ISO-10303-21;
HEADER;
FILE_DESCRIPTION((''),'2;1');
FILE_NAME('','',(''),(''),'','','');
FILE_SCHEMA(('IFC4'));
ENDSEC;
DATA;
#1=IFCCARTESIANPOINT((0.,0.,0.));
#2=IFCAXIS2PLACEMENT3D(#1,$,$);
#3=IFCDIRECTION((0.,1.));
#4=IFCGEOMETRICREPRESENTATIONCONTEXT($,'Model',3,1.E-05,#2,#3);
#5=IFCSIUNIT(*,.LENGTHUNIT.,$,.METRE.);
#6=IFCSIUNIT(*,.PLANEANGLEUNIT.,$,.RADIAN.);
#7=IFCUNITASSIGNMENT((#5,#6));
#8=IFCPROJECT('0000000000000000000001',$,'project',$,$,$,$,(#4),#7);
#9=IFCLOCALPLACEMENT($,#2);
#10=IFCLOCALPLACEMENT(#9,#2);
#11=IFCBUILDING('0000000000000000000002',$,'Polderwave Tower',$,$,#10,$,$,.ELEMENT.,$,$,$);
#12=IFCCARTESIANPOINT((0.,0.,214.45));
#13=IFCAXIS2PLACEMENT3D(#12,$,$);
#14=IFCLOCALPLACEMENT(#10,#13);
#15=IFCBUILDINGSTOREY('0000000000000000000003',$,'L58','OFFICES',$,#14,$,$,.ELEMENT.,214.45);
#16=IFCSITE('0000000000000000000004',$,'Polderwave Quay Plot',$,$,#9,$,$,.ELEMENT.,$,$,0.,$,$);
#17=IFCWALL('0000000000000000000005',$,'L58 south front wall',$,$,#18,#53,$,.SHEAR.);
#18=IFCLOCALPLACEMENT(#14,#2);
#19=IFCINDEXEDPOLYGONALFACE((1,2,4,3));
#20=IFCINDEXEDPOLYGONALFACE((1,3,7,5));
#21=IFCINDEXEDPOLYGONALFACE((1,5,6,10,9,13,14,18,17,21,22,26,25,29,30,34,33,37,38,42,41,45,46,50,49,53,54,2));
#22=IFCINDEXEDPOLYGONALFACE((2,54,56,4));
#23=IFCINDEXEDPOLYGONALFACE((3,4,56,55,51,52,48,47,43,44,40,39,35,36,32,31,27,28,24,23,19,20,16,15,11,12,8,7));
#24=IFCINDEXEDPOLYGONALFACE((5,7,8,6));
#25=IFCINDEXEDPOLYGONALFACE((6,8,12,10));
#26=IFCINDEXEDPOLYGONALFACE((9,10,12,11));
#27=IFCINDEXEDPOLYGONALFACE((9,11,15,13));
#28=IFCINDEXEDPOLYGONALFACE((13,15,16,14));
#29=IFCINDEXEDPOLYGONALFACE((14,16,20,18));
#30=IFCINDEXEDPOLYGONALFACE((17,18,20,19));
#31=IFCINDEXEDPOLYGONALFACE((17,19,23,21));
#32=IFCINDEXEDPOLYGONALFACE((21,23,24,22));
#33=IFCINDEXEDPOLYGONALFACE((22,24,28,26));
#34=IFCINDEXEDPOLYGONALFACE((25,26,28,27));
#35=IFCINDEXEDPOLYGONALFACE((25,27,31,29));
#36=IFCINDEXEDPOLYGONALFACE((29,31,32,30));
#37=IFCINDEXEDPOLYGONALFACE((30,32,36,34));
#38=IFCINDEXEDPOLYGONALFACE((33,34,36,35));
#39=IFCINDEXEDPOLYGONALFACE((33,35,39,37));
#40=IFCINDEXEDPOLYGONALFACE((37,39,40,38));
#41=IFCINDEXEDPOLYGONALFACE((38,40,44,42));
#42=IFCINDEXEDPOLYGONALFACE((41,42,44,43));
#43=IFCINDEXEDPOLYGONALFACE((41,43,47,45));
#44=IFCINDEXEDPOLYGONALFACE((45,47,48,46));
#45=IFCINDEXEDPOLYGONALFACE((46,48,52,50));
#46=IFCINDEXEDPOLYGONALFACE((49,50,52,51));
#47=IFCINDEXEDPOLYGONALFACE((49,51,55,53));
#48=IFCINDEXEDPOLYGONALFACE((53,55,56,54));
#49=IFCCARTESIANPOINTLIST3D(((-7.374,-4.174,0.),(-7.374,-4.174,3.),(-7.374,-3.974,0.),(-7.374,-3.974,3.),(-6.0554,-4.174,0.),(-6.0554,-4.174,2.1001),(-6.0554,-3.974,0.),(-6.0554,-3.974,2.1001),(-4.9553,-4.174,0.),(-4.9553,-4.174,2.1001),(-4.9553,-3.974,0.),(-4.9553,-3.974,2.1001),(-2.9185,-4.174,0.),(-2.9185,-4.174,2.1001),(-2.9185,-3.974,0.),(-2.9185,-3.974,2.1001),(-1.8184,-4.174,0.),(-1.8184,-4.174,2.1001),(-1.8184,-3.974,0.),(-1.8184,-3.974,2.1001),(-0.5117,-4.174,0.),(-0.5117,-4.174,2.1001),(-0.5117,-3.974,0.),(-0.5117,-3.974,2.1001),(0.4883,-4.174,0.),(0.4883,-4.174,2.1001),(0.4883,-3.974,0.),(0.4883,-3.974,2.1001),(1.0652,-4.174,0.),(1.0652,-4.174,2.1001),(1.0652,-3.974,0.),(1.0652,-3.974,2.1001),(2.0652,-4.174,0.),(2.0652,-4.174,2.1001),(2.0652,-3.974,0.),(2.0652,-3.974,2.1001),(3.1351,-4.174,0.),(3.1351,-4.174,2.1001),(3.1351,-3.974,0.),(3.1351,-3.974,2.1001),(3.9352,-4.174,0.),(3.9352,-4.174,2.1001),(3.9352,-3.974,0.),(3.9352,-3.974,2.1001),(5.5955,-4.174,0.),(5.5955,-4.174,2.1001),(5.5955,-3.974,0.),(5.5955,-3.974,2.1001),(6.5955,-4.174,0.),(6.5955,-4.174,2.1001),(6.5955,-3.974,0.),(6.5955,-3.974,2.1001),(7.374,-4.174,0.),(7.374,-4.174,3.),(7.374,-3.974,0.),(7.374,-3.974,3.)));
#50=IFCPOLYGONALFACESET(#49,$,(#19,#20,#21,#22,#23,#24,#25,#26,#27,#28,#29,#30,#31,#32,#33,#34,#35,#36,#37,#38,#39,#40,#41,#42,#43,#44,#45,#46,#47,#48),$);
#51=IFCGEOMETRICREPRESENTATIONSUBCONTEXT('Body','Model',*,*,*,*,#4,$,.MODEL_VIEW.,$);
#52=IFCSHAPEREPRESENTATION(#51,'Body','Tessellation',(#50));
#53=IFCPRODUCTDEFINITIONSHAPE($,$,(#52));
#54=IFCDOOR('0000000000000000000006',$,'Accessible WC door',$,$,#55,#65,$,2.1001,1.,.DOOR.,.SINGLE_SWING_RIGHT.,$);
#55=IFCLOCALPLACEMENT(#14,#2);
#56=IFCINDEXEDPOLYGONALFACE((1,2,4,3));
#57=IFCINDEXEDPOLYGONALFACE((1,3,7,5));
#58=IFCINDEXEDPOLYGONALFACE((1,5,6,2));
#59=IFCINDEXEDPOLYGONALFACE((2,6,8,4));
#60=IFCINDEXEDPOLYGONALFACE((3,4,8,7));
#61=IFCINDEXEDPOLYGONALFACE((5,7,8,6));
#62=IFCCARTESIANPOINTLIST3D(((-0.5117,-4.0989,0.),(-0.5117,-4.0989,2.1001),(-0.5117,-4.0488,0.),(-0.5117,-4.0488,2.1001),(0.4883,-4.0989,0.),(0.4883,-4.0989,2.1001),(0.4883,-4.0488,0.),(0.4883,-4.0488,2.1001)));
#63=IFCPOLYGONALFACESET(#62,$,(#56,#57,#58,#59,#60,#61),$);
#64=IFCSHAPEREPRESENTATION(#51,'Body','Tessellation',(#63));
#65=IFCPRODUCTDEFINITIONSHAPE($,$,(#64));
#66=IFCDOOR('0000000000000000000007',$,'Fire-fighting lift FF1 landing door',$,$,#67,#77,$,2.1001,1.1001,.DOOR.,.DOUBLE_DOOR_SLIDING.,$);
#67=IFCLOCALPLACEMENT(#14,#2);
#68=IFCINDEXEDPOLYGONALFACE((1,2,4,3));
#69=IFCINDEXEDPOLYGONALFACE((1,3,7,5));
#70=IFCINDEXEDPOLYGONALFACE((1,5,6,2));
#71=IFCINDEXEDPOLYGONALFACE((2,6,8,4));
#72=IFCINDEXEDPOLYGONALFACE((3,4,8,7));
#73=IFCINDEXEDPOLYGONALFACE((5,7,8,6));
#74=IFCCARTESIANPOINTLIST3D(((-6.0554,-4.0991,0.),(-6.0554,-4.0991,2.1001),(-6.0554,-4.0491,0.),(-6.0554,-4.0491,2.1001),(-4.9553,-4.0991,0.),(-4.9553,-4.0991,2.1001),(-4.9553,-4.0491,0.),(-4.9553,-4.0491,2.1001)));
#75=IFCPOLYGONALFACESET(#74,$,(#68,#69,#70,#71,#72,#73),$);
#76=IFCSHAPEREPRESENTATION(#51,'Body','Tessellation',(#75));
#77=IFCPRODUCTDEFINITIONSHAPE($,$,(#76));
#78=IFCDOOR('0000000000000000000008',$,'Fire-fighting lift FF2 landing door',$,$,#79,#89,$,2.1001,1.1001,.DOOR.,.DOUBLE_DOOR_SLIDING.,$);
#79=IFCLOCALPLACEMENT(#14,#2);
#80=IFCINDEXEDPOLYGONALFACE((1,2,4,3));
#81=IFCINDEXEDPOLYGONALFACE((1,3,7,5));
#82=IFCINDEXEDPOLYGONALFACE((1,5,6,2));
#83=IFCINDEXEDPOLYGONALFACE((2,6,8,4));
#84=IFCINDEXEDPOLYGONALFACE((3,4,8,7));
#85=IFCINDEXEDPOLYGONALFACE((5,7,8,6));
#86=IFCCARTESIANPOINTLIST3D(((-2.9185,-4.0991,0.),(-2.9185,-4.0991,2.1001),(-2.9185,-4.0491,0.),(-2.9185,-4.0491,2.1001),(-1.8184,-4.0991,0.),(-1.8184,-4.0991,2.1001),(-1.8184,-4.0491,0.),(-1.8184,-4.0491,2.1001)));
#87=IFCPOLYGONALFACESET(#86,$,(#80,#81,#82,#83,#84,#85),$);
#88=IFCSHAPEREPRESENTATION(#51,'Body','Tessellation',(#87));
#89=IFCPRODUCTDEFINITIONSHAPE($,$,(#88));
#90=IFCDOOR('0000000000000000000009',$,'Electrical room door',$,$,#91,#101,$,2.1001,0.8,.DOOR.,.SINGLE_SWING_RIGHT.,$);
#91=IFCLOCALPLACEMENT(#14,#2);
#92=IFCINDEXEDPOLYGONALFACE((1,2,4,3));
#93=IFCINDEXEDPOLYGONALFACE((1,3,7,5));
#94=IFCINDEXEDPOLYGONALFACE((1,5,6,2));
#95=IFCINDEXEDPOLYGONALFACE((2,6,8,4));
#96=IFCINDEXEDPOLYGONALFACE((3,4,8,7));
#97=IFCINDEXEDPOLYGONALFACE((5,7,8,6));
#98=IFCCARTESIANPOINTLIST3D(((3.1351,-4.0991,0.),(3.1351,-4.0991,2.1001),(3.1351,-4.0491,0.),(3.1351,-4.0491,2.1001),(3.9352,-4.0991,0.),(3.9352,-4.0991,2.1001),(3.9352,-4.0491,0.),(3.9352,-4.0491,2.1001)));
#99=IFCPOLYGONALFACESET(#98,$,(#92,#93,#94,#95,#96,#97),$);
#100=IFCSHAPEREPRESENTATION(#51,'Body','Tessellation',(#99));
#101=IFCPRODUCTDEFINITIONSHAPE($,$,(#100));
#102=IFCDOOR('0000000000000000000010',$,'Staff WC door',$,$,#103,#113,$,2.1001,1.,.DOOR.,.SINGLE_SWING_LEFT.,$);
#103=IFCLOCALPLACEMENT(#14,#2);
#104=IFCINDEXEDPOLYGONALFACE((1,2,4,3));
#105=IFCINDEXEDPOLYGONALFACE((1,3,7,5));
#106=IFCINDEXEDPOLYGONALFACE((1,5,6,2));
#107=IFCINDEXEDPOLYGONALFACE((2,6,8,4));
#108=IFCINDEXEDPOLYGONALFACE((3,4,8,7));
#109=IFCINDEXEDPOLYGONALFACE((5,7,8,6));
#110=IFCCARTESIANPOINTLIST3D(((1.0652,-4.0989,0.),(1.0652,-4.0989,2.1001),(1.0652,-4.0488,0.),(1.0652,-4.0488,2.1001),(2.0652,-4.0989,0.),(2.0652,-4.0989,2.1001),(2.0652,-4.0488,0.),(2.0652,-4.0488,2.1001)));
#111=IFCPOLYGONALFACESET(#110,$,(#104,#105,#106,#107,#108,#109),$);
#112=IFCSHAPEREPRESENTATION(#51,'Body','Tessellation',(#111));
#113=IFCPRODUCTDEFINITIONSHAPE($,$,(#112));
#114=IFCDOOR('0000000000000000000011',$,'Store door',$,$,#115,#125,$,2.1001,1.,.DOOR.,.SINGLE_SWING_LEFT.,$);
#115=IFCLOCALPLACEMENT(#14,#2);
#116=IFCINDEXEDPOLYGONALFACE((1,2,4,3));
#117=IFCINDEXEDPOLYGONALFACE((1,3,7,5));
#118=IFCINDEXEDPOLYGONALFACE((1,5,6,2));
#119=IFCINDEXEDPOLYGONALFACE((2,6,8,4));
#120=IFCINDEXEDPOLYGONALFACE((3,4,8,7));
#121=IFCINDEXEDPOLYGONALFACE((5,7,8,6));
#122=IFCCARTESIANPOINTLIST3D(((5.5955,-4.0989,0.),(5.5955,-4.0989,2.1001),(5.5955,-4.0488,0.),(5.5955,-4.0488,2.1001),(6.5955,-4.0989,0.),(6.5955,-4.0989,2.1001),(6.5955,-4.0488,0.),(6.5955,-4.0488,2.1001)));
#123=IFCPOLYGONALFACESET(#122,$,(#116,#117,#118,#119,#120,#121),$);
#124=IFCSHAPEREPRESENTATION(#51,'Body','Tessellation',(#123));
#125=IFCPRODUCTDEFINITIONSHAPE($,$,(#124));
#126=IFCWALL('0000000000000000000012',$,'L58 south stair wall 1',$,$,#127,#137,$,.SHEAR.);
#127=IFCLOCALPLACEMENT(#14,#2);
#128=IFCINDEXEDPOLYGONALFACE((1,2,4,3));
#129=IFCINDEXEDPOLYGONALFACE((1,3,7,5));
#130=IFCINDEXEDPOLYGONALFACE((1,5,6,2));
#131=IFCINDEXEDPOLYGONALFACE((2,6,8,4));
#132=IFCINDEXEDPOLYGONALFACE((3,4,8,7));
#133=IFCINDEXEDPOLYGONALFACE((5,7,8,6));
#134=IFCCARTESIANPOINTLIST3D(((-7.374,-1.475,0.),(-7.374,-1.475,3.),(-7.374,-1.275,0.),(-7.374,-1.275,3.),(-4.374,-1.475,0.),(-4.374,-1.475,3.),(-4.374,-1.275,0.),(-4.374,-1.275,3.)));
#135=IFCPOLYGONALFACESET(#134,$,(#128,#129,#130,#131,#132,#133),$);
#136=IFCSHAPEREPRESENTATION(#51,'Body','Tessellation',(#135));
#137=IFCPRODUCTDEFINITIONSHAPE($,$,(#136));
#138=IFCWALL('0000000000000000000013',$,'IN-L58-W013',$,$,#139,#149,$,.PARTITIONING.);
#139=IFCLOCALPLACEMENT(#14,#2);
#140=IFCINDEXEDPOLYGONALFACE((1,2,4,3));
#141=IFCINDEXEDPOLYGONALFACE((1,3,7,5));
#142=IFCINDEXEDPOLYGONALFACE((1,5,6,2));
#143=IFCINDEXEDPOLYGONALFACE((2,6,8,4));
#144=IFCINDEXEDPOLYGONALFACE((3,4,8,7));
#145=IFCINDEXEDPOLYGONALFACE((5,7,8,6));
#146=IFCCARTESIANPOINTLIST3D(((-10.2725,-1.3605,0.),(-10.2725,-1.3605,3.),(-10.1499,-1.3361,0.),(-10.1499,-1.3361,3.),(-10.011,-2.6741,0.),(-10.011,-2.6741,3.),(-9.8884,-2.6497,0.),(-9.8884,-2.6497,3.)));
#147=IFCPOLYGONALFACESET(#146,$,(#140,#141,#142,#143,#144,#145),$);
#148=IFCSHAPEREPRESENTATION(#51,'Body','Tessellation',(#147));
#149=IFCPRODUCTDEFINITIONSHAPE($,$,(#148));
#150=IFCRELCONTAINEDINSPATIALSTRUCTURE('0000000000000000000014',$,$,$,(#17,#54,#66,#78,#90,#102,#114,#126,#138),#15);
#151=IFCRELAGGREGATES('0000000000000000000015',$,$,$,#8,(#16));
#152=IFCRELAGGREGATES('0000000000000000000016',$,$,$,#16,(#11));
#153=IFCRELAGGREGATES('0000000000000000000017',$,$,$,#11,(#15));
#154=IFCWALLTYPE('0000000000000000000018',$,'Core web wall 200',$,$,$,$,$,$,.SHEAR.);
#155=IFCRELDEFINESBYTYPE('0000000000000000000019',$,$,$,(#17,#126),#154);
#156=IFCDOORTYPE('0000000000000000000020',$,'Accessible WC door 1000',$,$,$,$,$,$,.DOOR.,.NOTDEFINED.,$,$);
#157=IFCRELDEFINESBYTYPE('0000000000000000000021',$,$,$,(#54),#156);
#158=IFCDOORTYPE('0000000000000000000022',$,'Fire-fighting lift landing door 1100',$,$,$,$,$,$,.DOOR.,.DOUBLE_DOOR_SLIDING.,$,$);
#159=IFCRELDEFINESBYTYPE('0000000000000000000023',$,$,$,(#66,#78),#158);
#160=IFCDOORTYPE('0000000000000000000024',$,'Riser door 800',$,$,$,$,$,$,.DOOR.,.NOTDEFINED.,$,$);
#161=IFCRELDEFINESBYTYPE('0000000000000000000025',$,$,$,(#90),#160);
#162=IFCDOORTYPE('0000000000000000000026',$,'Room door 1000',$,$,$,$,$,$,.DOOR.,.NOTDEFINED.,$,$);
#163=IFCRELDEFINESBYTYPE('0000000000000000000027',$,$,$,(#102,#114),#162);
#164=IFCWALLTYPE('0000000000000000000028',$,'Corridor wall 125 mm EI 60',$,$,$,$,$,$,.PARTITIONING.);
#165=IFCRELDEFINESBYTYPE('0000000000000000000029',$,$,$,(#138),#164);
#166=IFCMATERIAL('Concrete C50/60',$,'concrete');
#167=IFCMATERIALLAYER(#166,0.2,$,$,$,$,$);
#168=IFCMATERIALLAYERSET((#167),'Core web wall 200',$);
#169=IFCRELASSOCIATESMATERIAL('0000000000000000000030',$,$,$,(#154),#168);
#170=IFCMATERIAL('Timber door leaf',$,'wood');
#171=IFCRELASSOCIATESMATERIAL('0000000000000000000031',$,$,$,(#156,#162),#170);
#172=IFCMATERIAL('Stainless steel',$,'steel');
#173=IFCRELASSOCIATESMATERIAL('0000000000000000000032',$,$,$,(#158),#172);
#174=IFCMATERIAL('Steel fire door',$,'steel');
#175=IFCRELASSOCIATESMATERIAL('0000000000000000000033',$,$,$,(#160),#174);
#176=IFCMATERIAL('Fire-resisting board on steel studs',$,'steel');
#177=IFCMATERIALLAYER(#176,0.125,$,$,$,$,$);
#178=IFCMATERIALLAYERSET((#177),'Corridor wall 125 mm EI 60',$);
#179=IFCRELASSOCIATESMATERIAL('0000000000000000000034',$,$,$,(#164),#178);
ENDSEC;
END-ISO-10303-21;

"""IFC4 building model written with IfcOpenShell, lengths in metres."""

from ifc_helpers import new_model, si_unit, direction, frame, frame_2d, origin, place, context, subcontext, project, spatial, rectangle, extrude, material, layer, layer_set, type_object, element, fill, save


model = new_model("IFC4")

# Units and contexts
model_context = context("Model", 3, precision=1e-05, world=origin(), true_north=direction((0.0, 1.0)))
body_context = subcontext(model_context, "Body", "Model", "MODEL_VIEW")
ifc_project = project(units=[si_unit("LENGTHUNIT", "METRE"), si_unit("PLANEANGLEUNIT", "RADIAN")], contexts=[model_context])

# Site, building, storey
site_placement = place(None, origin())
site = spatial("IfcSite", under=ifc_project, at=site_placement, Name="Polderwave Quay Plot", CompositionType="ELEMENT", RefElevation=0.0)
building_placement = place(site_placement, origin())
building = spatial("IfcBuilding", under=site, at=building_placement, Name="Polderwave Tower", CompositionType="ELEMENT")
storey_placement = place(building_placement, frame((0.0, 0.0, 214.45)))
storey = spatial("IfcBuildingStorey", under=building, at=storey_placement, Name="L58", Description="OFFICES", CompositionType="ELEMENT", Elevation=214.45)

# Wall, openings, doors
ifc_material_1 = material(Name="Steel fire door", Category="steel")
ifc_material_2 = material(Name="Concrete C50/60", Category="concrete")
ifc_layer_1 = layer(ifc_material_2, 0.2)
ifc_layer_set_1 = layer_set([ifc_layer_1], Name="Core web wall 200")
wall_type_1 = type_object("IfcWallType", Name="Core web wall 200", PredefinedType="SHEAR", material=ifc_layer_set_1)
wall_1_placement = place(storey_placement, frame((-7.374, -4.074, 0.0), z_axis=(0.0, 0.0, 1.0), x_axis=(1.0, 0.0, 0.0)))
wall_1 = element("IfcWall", 1, at=wall_1_placement, inside=storey, type_object=wall_type_1, Name="L58 south front wall", PredefinedType="SHEAR", context=body_context, shape_type="SweptSolid", body=[
    extrude(rectangle(XDim=14.748, YDim=0.2, at=frame_2d((7.374, 0.0))), origin(), (0.0, 0.0, 1.0), 3.0),
])
opening_1_placement = place(wall_1_placement, frame((1.3186, 0.0, 0.0)))
opening_1 = element("IfcOpeningElement", 2, at=opening_1_placement, cuts=wall_1, PredefinedType="OPENING", context=body_context, shape_type="SweptSolid", body=[
    extrude(rectangle(XDim=1.1001, YDim=2.1001, at=frame_2d((0.55, 1.05))), frame((0.0, 0.1099, 0.0), z_axis=(0.0, -1.0, 0.0), x_axis=(1.0, 0.0, 0.0)), (0.0, 0.0, 1.0), 0.22),
])
opening_2_placement = place(wall_1_placement, frame((4.4556, 0.0, 0.0)))
opening_2 = element("IfcOpeningElement", 3, at=opening_2_placement, cuts=wall_1, PredefinedType="OPENING", context=body_context, shape_type="SweptSolid", body=[
    extrude(rectangle(XDim=1.1001, YDim=2.1001, at=frame_2d((0.55, 1.05))), frame((0.0, 0.1099, 0.0), z_axis=(0.0, -1.0, 0.0), x_axis=(1.0, 0.0, 0.0)), (0.0, 0.0, 1.0), 0.22),
])
opening_3_placement = place(wall_1_placement, frame((6.8623, 0.0, 0.0)))
opening_3 = element("IfcOpeningElement", 4, at=opening_3_placement, cuts=wall_1, PredefinedType="OPENING", context=body_context, shape_type="SweptSolid", body=[
    extrude(rectangle(XDim=1.0, YDim=2.1001, at=frame_2d((0.5, 1.05))), frame((0.0, 0.1099, 0.0), z_axis=(0.0, -1.0, 0.0), x_axis=(1.0, 0.0, 0.0)), (0.0, 0.0, 1.0), 0.22),
])
opening_4_placement = place(wall_1_placement, frame((8.4392, 0.0, 0.0)))
opening_4 = element("IfcOpeningElement", 5, at=opening_4_placement, cuts=wall_1, PredefinedType="OPENING", context=body_context, shape_type="SweptSolid", body=[
    extrude(rectangle(XDim=1.0, YDim=2.1001, at=frame_2d((0.5, 1.05))), frame((0.0, 0.1099, 0.0), z_axis=(0.0, -1.0, 0.0), x_axis=(1.0, 0.0, 0.0)), (0.0, 0.0, 1.0), 0.22),
])
opening_5_placement = place(wall_1_placement, frame((10.5093, 0.0, 0.0)))
opening_5 = element("IfcOpeningElement", 6, at=opening_5_placement, cuts=wall_1, PredefinedType="OPENING", context=body_context, shape_type="SweptSolid", body=[
    extrude(rectangle(XDim=0.8, YDim=2.1001, at=frame_2d((0.3999, 1.05))), frame((0.0, 0.1099, 0.0), z_axis=(0.0, -1.0, 0.0), x_axis=(1.0, 0.0, 0.0)), (0.0, 0.0, 1.0), 0.22),
])
opening_6_placement = place(wall_1_placement, frame((12.9695, 0.0, 0.0)))
opening_6 = element("IfcOpeningElement", 7, at=opening_6_placement, cuts=wall_1, PredefinedType="OPENING", context=body_context, shape_type="SweptSolid", body=[
    extrude(rectangle(XDim=1.0, YDim=2.1001, at=frame_2d((0.5, 1.05))), frame((0.0, 0.1099, 0.0), z_axis=(0.0, -1.0, 0.0), x_axis=(1.0, 0.0, 0.0)), (0.0, 0.0, 1.0), 0.22),
])
ifc_material_3 = material(Name="Timber door leaf", Category="wood")
door_type_1 = type_object("IfcDoorType", Name="Accessible WC door 1000", OperationType="NOTDEFINED", PredefinedType="DOOR", material=ifc_material_3)
door_1_placement = place(opening_3_placement, frame((1.0, 0.0, 0.0), z_axis=(0.0, 0.0, 1.0), x_axis=(-1.0, 0.0, 0.0)))
door_1 = element("IfcDoor", 8, at=door_1_placement, inside=storey, type_object=door_type_1, Name="Accessible WC door", OperationType="SINGLE_SWING_RIGHT", OverallHeight=2.1001, OverallWidth=1.0, PredefinedType="DOOR", context=body_context, shape_type="SweptSolid", body=[
    extrude(rectangle(XDim=1.0, YDim=2.1001, at=frame_2d((0.5, 1.05))), frame((0.0, 0.0249, 0.0), z_axis=(0.0, -1.0, 0.0), x_axis=(1.0, 0.0, 0.0)), (0.0, 0.0, 1.0), 0.05),
])
fill(opening_3, door_1)
ifc_material_4 = material(Name="Stainless steel", Category="steel")
door_type_2 = type_object("IfcDoorType", Name="Fire-fighting lift landing door 1100", OperationType="DOUBLE_DOOR_SLIDING", PredefinedType="DOOR", material=ifc_material_4)
door_2_placement = place(opening_1_placement, origin())
door_2 = element("IfcDoor", 9, at=door_2_placement, inside=storey, type_object=door_type_2, Name="Fire-fighting lift FF1 landing door", OperationType="DOUBLE_DOOR_SLIDING", OverallHeight=2.1001, OverallWidth=1.1001, PredefinedType="DOOR", context=body_context, shape_type="SweptSolid", body=[
    extrude(rectangle(XDim=1.1001, YDim=2.1001, at=frame_2d((0.55, 1.05))), frame((0.0, 0.0249, 0.0), z_axis=(0.0, -1.0, 0.0), x_axis=(1.0, 0.0, 0.0)), (0.0, 0.0, 1.0), 0.05),
])
fill(opening_1, door_2)
door_3_placement = place(opening_2_placement, origin())
door_3 = element("IfcDoor", 10, at=door_3_placement, inside=storey, type_object=door_type_2, Name="Fire-fighting lift FF2 landing door", OperationType="DOUBLE_DOOR_SLIDING", OverallHeight=2.1001, OverallWidth=1.1001, PredefinedType="DOOR", context=body_context, shape_type="SweptSolid", body=[
    extrude(rectangle(XDim=1.1001, YDim=2.1001, at=frame_2d((0.55, 1.05))), frame((0.0, 0.0249, 0.0), z_axis=(0.0, -1.0, 0.0), x_axis=(1.0, 0.0, 0.0)), (0.0, 0.0, 1.0), 0.05),
])
fill(opening_2, door_3)
door_type_3 = type_object("IfcDoorType", Name="Riser door 800", OperationType="NOTDEFINED", PredefinedType="DOOR", material=ifc_material_1)
door_4_placement = place(opening_5_placement, origin())
door_4 = element("IfcDoor", 11, at=door_4_placement, inside=storey, type_object=door_type_3, Name="Electrical room door", OperationType="SINGLE_SWING_RIGHT", OverallHeight=2.1001, OverallWidth=0.8, PredefinedType="DOOR", context=body_context, shape_type="SweptSolid", body=[
    extrude(rectangle(XDim=0.8, YDim=2.1001, at=frame_2d((0.3999, 1.05))), frame((0.0, 0.0249, 0.0), z_axis=(0.0, -1.0, 0.0), x_axis=(1.0, 0.0, 0.0)), (0.0, 0.0, 1.0), 0.05),
])
fill(opening_5, door_4)
door_type_4 = type_object("IfcDoorType", Name="Room door 1000", OperationType="NOTDEFINED", PredefinedType="DOOR", material=ifc_material_3)
door_5_placement = place(opening_4_placement, frame((1.0, 0.0, 0.0), z_axis=(0.0, 0.0, 1.0), x_axis=(-1.0, 0.0, 0.0)))
door_5 = element("IfcDoor", 12, at=door_5_placement, inside=storey, type_object=door_type_4, Name="Staff WC door", OperationType="SINGLE_SWING_LEFT", OverallHeight=2.1001, OverallWidth=1.0, PredefinedType="DOOR", context=body_context, shape_type="SweptSolid", body=[
    extrude(rectangle(XDim=1.0, YDim=2.1001, at=frame_2d((0.5, 1.05))), frame((0.0, 0.0249, 0.0), z_axis=(0.0, -1.0, 0.0), x_axis=(1.0, 0.0, 0.0)), (0.0, 0.0, 1.0), 0.05),
])
fill(opening_4, door_5)
door_6_placement = place(opening_6_placement, frame((1.0, 0.0, 0.0), z_axis=(0.0, 0.0, 1.0), x_axis=(-1.0, 0.0, 0.0)))
door_6 = element("IfcDoor", 13, at=door_6_placement, inside=storey, type_object=door_type_4, Name="Store door", OperationType="SINGLE_SWING_LEFT", OverallHeight=2.1001, OverallWidth=1.0, PredefinedType="DOOR", context=body_context, shape_type="SweptSolid", body=[
    extrude(rectangle(XDim=1.0, YDim=2.1001, at=frame_2d((0.5, 1.05))), frame((0.0, 0.0249, 0.0), z_axis=(0.0, -1.0, 0.0), x_axis=(1.0, 0.0, 0.0)), (0.0, 0.0, 1.0), 0.05),
])
fill(opening_6, door_6)

# Walls
wall_2_placement = place(storey_placement, frame((-7.374, -1.375, 0.0), z_axis=(0.0, 0.0, 1.0), x_axis=(1.0, 0.0, 0.0)))
element("IfcWall", 14, at=wall_2_placement, inside=storey, type_object=wall_type_1, Name="L58 south stair wall 1", PredefinedType="SHEAR", context=body_context, shape_type="SweptSolid", body=[
    extrude(rectangle(XDim=3.0, YDim=0.2, at=frame_2d((1.5, 0.0))), origin(), (0.0, 0.0, 1.0), 3.0),
])
ifc_material_5 = material(Name="Fire-resisting board on steel studs", Category="steel")
ifc_layer_2 = layer(ifc_material_5, 0.125)
ifc_layer_set_2 = layer_set([ifc_layer_2], Name="Corridor wall 125 mm EI 60")
wall_type_2 = type_object("IfcWallType", Name="Corridor wall 125 mm EI 60", PredefinedType="PARTITIONING", material=ifc_layer_set_2)
wall_3_placement = place(storey_placement, frame((-9.9497, -2.6619, 0.0), z_axis=(0.0, 0.0, 1.0), x_axis=(-0.19524, 0.980756, 0.0)))
element("IfcWall", 15, at=wall_3_placement, inside=storey, type_object=wall_type_2, Name="IN-L58-W013", PredefinedType="PARTITIONING", context=body_context, shape_type="SweptSolid", body=[
    extrude(rectangle(XDim=1.3394, YDim=0.125, at=frame_2d((0.6697, 0.0))), origin(), (0.0, 0.0, 1.0), 3.0),
])

save(model, "model.ifc")
